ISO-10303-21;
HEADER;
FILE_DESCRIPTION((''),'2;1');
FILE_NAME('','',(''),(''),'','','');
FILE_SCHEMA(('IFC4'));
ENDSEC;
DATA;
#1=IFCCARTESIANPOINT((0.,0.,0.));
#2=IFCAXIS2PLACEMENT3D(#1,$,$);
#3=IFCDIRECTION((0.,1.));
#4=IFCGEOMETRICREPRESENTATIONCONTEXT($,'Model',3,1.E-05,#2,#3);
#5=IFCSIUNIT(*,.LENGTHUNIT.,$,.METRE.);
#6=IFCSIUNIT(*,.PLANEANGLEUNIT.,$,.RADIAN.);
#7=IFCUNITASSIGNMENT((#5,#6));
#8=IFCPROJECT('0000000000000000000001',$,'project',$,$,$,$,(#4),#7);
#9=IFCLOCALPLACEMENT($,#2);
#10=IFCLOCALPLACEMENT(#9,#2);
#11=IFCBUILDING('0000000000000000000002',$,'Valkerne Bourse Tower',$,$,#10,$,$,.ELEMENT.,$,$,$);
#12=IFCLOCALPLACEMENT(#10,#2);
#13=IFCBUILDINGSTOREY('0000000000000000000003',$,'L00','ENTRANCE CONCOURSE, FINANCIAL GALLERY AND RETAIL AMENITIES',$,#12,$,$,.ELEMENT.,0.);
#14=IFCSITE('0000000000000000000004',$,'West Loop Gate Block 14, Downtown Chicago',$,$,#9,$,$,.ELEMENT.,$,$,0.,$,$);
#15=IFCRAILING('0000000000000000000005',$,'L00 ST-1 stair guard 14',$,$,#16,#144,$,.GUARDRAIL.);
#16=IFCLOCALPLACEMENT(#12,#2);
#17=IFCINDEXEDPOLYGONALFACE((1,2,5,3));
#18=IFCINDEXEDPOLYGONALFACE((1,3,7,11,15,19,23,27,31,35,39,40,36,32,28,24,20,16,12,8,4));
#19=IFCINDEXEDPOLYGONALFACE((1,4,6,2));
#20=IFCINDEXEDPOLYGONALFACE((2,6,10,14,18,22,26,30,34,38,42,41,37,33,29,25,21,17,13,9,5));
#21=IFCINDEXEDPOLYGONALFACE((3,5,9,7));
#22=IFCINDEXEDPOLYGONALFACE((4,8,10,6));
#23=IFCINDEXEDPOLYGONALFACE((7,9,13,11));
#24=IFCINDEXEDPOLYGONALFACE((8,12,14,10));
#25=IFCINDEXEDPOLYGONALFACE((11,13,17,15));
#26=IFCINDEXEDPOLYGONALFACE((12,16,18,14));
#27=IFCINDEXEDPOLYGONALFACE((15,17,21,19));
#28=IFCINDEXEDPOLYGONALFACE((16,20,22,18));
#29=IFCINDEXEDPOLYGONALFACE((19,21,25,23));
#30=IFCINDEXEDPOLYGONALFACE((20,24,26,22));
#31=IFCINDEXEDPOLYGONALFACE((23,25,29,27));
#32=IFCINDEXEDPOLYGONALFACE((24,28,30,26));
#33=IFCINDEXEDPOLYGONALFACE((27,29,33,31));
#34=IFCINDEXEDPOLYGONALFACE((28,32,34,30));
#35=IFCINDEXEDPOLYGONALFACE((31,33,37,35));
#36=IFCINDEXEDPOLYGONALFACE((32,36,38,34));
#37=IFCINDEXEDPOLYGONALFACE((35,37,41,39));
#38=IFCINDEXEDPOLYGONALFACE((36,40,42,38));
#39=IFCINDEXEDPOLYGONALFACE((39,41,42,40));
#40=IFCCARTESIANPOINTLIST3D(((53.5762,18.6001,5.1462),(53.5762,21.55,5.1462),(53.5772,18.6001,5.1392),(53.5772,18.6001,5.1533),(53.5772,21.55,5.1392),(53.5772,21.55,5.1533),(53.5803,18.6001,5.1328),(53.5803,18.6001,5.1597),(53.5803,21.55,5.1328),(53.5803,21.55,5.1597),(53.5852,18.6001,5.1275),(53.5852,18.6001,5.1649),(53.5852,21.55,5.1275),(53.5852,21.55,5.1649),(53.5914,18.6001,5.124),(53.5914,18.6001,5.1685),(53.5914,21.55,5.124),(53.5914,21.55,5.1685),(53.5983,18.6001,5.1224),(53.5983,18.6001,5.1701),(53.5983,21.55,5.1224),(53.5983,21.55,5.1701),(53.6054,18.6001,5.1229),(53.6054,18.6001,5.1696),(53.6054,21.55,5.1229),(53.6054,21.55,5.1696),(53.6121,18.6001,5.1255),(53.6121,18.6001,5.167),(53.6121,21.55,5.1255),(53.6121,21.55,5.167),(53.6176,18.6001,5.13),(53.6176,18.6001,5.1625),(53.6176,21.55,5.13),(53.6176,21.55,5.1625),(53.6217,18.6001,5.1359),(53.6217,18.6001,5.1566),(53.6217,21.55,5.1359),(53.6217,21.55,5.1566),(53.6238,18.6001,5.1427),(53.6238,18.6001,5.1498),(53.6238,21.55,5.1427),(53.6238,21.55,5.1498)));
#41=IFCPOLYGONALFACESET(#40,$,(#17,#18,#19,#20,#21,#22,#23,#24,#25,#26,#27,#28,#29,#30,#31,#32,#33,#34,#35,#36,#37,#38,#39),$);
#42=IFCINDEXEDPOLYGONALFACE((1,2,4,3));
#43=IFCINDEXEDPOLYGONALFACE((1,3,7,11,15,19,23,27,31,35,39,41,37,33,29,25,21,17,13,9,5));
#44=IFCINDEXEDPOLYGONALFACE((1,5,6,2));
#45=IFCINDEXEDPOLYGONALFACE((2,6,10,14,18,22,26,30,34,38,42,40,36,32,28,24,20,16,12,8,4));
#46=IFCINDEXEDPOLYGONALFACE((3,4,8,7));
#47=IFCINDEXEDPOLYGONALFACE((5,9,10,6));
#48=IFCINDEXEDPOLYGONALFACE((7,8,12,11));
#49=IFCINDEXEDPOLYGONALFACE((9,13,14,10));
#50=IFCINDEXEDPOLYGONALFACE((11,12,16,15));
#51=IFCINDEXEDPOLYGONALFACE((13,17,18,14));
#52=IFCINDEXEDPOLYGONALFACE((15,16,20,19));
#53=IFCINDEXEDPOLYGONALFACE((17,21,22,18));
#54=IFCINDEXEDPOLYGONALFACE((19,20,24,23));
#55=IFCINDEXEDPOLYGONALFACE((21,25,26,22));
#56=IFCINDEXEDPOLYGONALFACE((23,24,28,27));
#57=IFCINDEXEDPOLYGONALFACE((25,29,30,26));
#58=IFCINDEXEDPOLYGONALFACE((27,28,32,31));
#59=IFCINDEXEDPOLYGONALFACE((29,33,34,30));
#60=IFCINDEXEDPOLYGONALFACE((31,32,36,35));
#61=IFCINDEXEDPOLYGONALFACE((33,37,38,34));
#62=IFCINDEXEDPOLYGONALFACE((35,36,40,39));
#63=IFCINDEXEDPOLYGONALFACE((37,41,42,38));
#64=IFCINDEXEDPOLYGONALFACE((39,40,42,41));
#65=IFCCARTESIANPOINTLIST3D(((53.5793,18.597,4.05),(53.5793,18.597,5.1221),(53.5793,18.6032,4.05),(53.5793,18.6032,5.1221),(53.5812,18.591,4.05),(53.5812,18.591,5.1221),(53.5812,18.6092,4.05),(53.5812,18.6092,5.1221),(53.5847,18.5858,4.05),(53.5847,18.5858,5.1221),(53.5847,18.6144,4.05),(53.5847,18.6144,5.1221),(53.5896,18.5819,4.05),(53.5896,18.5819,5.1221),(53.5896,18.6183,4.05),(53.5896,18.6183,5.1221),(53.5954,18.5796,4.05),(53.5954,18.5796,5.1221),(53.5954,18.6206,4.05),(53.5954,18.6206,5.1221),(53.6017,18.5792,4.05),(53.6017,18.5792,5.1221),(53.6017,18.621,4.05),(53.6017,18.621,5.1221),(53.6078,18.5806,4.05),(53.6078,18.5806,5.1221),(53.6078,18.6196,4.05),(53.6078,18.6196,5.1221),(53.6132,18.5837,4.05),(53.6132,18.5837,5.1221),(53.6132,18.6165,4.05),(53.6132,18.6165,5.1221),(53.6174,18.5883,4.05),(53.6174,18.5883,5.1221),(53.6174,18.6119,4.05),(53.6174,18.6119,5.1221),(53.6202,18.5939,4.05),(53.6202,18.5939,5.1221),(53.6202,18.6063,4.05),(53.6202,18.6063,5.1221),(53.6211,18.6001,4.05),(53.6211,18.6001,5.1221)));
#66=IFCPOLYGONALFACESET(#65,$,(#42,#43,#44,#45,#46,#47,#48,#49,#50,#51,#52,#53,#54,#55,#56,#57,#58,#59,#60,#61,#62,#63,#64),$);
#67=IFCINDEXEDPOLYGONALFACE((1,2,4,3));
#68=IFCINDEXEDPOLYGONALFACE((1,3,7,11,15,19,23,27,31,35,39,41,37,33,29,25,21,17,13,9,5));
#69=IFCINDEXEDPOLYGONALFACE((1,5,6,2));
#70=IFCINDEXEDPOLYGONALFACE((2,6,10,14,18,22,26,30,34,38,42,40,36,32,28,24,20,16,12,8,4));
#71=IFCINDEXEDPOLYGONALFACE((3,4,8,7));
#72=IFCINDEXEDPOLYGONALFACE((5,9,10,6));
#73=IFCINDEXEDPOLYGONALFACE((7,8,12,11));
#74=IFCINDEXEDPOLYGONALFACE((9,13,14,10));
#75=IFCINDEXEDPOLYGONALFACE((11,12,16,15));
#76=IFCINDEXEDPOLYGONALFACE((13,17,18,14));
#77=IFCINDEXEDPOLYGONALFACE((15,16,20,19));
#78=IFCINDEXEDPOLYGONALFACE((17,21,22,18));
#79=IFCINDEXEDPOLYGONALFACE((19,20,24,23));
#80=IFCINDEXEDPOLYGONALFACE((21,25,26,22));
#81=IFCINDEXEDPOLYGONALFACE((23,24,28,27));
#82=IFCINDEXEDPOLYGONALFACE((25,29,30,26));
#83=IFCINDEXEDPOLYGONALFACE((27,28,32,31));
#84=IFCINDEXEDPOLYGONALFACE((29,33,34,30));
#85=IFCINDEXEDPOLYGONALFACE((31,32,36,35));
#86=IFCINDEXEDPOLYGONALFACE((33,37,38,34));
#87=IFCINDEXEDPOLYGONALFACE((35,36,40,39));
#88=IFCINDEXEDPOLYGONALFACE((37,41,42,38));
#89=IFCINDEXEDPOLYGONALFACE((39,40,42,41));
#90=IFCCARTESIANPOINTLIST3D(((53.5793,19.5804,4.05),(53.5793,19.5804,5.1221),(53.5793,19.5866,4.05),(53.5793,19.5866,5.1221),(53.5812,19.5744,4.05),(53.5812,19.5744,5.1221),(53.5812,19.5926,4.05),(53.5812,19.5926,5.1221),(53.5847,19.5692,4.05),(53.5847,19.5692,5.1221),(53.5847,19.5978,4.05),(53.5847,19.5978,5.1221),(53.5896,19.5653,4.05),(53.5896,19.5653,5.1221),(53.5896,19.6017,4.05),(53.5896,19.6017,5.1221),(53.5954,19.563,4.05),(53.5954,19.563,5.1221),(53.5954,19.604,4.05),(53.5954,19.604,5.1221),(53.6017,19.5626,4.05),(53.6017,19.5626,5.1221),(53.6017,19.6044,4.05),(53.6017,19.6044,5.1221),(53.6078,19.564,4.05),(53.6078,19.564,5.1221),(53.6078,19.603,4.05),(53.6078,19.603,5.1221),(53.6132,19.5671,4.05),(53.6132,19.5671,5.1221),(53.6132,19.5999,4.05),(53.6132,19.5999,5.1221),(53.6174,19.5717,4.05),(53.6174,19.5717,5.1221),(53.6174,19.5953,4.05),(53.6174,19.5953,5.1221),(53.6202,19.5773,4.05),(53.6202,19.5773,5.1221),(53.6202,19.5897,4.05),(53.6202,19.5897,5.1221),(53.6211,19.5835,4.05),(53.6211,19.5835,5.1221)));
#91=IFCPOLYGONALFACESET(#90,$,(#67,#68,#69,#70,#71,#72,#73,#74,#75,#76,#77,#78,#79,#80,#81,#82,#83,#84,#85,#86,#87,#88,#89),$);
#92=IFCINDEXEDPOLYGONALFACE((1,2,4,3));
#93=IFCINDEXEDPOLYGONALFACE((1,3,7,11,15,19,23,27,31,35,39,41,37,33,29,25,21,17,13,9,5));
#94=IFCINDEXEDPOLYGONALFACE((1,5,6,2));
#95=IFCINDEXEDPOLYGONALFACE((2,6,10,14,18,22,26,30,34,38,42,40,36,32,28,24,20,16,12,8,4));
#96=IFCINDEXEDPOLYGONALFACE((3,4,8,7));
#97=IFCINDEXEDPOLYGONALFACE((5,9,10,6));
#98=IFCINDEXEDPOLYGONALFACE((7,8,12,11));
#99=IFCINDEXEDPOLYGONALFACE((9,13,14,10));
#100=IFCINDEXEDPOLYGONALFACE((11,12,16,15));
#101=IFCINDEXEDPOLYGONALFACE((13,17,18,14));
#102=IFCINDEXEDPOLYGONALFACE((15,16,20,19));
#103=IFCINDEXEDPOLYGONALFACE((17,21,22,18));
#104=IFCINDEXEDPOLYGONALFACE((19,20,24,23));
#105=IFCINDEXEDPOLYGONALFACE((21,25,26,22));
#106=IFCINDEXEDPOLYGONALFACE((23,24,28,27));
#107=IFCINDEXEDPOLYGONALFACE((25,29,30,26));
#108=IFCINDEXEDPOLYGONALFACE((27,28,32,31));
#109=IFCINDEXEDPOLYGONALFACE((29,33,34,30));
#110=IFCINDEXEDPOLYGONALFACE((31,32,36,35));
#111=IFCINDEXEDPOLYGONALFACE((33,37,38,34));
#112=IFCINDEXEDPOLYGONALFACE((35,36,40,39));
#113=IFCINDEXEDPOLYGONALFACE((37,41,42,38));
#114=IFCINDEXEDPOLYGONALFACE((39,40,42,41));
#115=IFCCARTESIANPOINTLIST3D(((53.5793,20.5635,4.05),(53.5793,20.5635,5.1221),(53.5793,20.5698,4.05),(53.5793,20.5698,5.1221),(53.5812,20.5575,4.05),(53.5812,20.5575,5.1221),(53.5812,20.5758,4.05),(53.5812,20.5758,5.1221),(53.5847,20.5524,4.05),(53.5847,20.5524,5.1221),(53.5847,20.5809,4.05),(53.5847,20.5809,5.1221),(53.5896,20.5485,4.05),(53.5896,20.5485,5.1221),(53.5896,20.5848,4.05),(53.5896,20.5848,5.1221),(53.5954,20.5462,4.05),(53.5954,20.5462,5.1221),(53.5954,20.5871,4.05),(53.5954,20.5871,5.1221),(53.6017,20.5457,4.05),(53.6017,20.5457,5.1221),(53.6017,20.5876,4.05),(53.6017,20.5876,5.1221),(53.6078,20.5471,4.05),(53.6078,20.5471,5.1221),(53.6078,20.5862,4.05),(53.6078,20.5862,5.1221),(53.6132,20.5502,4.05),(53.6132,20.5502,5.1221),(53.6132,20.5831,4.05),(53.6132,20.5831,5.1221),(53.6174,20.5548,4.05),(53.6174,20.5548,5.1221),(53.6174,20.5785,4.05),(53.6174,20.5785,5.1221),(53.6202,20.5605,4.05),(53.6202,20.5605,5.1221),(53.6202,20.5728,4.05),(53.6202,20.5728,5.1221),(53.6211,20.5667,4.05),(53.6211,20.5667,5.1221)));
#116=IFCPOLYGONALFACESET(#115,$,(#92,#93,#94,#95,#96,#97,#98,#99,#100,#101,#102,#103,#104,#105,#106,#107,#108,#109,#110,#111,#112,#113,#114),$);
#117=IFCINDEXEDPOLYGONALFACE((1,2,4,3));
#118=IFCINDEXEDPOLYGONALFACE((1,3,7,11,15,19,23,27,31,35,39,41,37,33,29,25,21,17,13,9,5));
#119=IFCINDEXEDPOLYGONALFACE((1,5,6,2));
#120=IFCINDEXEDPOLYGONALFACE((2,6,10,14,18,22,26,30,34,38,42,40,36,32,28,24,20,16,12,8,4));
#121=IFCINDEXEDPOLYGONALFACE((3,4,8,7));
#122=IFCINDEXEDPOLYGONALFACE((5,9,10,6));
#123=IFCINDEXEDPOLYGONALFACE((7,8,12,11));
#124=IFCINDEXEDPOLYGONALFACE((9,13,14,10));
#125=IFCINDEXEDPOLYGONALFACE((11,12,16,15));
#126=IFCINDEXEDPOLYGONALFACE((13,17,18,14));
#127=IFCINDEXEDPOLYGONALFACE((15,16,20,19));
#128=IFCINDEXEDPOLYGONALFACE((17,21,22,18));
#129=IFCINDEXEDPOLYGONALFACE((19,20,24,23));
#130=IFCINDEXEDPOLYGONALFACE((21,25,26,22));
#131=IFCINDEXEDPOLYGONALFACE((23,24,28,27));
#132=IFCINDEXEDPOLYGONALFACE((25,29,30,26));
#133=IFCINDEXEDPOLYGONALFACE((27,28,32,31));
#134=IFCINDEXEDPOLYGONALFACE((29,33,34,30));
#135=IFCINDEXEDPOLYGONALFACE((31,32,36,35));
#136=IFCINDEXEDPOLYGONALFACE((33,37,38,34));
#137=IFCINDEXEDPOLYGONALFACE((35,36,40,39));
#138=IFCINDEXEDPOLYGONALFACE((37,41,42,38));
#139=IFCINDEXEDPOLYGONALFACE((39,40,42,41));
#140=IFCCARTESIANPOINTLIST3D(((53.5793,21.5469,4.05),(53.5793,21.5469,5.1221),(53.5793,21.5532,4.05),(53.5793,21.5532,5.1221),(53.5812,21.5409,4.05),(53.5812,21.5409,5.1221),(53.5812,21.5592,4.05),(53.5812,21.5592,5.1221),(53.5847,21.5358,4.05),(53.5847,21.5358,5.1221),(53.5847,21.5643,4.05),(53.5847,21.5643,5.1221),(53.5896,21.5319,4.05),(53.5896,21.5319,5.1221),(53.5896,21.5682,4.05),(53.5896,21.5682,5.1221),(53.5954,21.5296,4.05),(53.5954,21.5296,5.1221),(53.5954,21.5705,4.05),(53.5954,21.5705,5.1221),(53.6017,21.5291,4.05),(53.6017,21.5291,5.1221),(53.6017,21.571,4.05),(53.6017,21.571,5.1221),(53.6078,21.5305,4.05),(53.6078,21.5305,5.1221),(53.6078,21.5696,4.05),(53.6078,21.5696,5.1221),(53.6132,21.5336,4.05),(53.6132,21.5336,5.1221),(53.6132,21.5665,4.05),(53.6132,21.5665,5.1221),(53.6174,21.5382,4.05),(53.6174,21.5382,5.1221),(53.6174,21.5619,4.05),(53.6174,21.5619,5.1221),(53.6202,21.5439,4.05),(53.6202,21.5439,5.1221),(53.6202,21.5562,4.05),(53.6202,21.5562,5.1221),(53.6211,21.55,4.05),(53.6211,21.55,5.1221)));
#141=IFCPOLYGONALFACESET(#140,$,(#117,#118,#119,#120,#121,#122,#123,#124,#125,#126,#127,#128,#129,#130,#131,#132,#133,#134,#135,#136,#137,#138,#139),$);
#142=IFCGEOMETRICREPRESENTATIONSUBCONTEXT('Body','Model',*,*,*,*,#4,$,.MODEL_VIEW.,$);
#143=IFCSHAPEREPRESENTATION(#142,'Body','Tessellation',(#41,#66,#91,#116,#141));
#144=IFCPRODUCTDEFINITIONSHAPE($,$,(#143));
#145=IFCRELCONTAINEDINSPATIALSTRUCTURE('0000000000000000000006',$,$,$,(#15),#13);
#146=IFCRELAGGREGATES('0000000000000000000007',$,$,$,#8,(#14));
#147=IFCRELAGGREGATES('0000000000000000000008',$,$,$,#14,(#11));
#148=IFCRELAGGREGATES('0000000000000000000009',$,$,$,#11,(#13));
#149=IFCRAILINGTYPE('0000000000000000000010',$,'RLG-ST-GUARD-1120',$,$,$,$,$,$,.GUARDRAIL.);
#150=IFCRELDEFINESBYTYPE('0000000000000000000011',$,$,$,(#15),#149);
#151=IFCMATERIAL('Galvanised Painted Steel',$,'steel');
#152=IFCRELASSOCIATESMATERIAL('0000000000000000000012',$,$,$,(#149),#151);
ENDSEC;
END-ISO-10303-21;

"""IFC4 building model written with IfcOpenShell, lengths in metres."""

from ifc_helpers import new_model, si_unit, direction, frame, origin, origin_2d, place, context, subcontext, project, spatial, circle, extrude, material, type_object, element, save


model = new_model("IFC4")

# Units and contexts
model_context = context("Model", 3, precision=1e-05, world=origin(), true_north=direction((0.0, 1.0)))
body_context = subcontext(model_context, "Body", "Model", "MODEL_VIEW")
ifc_project = project(units=[si_unit("LENGTHUNIT", "METRE"), si_unit("PLANEANGLEUNIT", "RADIAN")], contexts=[model_context])

# Site, building, storey
site_placement = place(None, origin())
site = spatial("IfcSite", under=ifc_project, at=site_placement, Name="West Loop Gate Block 14, Downtown Chicago", CompositionType="ELEMENT", RefElevation=0.0)
building_placement = place(site_placement, origin())
building = spatial("IfcBuilding", under=site, at=building_placement, Name="Valkerne Bourse Tower", CompositionType="ELEMENT")
storey_placement = place(building_placement, origin())
storey = spatial("IfcBuildingStorey", under=building, at=storey_placement, Name="L00", Description="ENTRANCE CONCOURSE, FINANCIAL GALLERY AND RETAIL AMENITIES", CompositionType="ELEMENT", Elevation=0.0)

# Shared definitions
ifc_material_1 = material(Name="Galvanised Painted Steel", Category="steel")

# Railing
railing_type = type_object("IfcRailingType", Name="RLG-ST-GUARD-1120", PredefinedType="GUARDRAIL", material=ifc_material_1)
for number, where, name in (
    (1, (53.6001, 18.6001, 4.05), "L00 ST-1 stair guard 14"),
):
    element("IfcRailing", number, at=place(storey_placement, frame(where)), inside=storey, type_object=railing_type, Name=name, PredefinedType="GUARDRAIL", context=body_context, shape_type="SweptSolid", body=[
        extrude(circle(Radius=0.0239, at=origin_2d()), frame((0.0, 0.0, 1.0962), z_axis=(0.0, 1.0, 0.0), x_axis=(-1.0, 0.0, 0.0)), (0.0, 0.0, 1.0), 2.95),
        extrude(circle(Radius=0.021, at=origin_2d()), origin(), (0.0, 0.0, 1.0), 1.072),
        extrude(circle(Radius=0.021, at=origin_2d()), frame((0.0, 0.9834, 0.0)), (0.0, 0.0, 1.0), 1.072),
        extrude(circle(Radius=0.021, at=origin_2d()), frame((0.0, 1.9666, 0.0)), (0.0, 0.0, 1.0), 1.072),
        extrude(circle(Radius=0.021, at=origin_2d()), frame((0.0, 2.95, 0.0)), (0.0, 0.0, 1.0), 1.072),
    ])

save(model, "model.ifc")
